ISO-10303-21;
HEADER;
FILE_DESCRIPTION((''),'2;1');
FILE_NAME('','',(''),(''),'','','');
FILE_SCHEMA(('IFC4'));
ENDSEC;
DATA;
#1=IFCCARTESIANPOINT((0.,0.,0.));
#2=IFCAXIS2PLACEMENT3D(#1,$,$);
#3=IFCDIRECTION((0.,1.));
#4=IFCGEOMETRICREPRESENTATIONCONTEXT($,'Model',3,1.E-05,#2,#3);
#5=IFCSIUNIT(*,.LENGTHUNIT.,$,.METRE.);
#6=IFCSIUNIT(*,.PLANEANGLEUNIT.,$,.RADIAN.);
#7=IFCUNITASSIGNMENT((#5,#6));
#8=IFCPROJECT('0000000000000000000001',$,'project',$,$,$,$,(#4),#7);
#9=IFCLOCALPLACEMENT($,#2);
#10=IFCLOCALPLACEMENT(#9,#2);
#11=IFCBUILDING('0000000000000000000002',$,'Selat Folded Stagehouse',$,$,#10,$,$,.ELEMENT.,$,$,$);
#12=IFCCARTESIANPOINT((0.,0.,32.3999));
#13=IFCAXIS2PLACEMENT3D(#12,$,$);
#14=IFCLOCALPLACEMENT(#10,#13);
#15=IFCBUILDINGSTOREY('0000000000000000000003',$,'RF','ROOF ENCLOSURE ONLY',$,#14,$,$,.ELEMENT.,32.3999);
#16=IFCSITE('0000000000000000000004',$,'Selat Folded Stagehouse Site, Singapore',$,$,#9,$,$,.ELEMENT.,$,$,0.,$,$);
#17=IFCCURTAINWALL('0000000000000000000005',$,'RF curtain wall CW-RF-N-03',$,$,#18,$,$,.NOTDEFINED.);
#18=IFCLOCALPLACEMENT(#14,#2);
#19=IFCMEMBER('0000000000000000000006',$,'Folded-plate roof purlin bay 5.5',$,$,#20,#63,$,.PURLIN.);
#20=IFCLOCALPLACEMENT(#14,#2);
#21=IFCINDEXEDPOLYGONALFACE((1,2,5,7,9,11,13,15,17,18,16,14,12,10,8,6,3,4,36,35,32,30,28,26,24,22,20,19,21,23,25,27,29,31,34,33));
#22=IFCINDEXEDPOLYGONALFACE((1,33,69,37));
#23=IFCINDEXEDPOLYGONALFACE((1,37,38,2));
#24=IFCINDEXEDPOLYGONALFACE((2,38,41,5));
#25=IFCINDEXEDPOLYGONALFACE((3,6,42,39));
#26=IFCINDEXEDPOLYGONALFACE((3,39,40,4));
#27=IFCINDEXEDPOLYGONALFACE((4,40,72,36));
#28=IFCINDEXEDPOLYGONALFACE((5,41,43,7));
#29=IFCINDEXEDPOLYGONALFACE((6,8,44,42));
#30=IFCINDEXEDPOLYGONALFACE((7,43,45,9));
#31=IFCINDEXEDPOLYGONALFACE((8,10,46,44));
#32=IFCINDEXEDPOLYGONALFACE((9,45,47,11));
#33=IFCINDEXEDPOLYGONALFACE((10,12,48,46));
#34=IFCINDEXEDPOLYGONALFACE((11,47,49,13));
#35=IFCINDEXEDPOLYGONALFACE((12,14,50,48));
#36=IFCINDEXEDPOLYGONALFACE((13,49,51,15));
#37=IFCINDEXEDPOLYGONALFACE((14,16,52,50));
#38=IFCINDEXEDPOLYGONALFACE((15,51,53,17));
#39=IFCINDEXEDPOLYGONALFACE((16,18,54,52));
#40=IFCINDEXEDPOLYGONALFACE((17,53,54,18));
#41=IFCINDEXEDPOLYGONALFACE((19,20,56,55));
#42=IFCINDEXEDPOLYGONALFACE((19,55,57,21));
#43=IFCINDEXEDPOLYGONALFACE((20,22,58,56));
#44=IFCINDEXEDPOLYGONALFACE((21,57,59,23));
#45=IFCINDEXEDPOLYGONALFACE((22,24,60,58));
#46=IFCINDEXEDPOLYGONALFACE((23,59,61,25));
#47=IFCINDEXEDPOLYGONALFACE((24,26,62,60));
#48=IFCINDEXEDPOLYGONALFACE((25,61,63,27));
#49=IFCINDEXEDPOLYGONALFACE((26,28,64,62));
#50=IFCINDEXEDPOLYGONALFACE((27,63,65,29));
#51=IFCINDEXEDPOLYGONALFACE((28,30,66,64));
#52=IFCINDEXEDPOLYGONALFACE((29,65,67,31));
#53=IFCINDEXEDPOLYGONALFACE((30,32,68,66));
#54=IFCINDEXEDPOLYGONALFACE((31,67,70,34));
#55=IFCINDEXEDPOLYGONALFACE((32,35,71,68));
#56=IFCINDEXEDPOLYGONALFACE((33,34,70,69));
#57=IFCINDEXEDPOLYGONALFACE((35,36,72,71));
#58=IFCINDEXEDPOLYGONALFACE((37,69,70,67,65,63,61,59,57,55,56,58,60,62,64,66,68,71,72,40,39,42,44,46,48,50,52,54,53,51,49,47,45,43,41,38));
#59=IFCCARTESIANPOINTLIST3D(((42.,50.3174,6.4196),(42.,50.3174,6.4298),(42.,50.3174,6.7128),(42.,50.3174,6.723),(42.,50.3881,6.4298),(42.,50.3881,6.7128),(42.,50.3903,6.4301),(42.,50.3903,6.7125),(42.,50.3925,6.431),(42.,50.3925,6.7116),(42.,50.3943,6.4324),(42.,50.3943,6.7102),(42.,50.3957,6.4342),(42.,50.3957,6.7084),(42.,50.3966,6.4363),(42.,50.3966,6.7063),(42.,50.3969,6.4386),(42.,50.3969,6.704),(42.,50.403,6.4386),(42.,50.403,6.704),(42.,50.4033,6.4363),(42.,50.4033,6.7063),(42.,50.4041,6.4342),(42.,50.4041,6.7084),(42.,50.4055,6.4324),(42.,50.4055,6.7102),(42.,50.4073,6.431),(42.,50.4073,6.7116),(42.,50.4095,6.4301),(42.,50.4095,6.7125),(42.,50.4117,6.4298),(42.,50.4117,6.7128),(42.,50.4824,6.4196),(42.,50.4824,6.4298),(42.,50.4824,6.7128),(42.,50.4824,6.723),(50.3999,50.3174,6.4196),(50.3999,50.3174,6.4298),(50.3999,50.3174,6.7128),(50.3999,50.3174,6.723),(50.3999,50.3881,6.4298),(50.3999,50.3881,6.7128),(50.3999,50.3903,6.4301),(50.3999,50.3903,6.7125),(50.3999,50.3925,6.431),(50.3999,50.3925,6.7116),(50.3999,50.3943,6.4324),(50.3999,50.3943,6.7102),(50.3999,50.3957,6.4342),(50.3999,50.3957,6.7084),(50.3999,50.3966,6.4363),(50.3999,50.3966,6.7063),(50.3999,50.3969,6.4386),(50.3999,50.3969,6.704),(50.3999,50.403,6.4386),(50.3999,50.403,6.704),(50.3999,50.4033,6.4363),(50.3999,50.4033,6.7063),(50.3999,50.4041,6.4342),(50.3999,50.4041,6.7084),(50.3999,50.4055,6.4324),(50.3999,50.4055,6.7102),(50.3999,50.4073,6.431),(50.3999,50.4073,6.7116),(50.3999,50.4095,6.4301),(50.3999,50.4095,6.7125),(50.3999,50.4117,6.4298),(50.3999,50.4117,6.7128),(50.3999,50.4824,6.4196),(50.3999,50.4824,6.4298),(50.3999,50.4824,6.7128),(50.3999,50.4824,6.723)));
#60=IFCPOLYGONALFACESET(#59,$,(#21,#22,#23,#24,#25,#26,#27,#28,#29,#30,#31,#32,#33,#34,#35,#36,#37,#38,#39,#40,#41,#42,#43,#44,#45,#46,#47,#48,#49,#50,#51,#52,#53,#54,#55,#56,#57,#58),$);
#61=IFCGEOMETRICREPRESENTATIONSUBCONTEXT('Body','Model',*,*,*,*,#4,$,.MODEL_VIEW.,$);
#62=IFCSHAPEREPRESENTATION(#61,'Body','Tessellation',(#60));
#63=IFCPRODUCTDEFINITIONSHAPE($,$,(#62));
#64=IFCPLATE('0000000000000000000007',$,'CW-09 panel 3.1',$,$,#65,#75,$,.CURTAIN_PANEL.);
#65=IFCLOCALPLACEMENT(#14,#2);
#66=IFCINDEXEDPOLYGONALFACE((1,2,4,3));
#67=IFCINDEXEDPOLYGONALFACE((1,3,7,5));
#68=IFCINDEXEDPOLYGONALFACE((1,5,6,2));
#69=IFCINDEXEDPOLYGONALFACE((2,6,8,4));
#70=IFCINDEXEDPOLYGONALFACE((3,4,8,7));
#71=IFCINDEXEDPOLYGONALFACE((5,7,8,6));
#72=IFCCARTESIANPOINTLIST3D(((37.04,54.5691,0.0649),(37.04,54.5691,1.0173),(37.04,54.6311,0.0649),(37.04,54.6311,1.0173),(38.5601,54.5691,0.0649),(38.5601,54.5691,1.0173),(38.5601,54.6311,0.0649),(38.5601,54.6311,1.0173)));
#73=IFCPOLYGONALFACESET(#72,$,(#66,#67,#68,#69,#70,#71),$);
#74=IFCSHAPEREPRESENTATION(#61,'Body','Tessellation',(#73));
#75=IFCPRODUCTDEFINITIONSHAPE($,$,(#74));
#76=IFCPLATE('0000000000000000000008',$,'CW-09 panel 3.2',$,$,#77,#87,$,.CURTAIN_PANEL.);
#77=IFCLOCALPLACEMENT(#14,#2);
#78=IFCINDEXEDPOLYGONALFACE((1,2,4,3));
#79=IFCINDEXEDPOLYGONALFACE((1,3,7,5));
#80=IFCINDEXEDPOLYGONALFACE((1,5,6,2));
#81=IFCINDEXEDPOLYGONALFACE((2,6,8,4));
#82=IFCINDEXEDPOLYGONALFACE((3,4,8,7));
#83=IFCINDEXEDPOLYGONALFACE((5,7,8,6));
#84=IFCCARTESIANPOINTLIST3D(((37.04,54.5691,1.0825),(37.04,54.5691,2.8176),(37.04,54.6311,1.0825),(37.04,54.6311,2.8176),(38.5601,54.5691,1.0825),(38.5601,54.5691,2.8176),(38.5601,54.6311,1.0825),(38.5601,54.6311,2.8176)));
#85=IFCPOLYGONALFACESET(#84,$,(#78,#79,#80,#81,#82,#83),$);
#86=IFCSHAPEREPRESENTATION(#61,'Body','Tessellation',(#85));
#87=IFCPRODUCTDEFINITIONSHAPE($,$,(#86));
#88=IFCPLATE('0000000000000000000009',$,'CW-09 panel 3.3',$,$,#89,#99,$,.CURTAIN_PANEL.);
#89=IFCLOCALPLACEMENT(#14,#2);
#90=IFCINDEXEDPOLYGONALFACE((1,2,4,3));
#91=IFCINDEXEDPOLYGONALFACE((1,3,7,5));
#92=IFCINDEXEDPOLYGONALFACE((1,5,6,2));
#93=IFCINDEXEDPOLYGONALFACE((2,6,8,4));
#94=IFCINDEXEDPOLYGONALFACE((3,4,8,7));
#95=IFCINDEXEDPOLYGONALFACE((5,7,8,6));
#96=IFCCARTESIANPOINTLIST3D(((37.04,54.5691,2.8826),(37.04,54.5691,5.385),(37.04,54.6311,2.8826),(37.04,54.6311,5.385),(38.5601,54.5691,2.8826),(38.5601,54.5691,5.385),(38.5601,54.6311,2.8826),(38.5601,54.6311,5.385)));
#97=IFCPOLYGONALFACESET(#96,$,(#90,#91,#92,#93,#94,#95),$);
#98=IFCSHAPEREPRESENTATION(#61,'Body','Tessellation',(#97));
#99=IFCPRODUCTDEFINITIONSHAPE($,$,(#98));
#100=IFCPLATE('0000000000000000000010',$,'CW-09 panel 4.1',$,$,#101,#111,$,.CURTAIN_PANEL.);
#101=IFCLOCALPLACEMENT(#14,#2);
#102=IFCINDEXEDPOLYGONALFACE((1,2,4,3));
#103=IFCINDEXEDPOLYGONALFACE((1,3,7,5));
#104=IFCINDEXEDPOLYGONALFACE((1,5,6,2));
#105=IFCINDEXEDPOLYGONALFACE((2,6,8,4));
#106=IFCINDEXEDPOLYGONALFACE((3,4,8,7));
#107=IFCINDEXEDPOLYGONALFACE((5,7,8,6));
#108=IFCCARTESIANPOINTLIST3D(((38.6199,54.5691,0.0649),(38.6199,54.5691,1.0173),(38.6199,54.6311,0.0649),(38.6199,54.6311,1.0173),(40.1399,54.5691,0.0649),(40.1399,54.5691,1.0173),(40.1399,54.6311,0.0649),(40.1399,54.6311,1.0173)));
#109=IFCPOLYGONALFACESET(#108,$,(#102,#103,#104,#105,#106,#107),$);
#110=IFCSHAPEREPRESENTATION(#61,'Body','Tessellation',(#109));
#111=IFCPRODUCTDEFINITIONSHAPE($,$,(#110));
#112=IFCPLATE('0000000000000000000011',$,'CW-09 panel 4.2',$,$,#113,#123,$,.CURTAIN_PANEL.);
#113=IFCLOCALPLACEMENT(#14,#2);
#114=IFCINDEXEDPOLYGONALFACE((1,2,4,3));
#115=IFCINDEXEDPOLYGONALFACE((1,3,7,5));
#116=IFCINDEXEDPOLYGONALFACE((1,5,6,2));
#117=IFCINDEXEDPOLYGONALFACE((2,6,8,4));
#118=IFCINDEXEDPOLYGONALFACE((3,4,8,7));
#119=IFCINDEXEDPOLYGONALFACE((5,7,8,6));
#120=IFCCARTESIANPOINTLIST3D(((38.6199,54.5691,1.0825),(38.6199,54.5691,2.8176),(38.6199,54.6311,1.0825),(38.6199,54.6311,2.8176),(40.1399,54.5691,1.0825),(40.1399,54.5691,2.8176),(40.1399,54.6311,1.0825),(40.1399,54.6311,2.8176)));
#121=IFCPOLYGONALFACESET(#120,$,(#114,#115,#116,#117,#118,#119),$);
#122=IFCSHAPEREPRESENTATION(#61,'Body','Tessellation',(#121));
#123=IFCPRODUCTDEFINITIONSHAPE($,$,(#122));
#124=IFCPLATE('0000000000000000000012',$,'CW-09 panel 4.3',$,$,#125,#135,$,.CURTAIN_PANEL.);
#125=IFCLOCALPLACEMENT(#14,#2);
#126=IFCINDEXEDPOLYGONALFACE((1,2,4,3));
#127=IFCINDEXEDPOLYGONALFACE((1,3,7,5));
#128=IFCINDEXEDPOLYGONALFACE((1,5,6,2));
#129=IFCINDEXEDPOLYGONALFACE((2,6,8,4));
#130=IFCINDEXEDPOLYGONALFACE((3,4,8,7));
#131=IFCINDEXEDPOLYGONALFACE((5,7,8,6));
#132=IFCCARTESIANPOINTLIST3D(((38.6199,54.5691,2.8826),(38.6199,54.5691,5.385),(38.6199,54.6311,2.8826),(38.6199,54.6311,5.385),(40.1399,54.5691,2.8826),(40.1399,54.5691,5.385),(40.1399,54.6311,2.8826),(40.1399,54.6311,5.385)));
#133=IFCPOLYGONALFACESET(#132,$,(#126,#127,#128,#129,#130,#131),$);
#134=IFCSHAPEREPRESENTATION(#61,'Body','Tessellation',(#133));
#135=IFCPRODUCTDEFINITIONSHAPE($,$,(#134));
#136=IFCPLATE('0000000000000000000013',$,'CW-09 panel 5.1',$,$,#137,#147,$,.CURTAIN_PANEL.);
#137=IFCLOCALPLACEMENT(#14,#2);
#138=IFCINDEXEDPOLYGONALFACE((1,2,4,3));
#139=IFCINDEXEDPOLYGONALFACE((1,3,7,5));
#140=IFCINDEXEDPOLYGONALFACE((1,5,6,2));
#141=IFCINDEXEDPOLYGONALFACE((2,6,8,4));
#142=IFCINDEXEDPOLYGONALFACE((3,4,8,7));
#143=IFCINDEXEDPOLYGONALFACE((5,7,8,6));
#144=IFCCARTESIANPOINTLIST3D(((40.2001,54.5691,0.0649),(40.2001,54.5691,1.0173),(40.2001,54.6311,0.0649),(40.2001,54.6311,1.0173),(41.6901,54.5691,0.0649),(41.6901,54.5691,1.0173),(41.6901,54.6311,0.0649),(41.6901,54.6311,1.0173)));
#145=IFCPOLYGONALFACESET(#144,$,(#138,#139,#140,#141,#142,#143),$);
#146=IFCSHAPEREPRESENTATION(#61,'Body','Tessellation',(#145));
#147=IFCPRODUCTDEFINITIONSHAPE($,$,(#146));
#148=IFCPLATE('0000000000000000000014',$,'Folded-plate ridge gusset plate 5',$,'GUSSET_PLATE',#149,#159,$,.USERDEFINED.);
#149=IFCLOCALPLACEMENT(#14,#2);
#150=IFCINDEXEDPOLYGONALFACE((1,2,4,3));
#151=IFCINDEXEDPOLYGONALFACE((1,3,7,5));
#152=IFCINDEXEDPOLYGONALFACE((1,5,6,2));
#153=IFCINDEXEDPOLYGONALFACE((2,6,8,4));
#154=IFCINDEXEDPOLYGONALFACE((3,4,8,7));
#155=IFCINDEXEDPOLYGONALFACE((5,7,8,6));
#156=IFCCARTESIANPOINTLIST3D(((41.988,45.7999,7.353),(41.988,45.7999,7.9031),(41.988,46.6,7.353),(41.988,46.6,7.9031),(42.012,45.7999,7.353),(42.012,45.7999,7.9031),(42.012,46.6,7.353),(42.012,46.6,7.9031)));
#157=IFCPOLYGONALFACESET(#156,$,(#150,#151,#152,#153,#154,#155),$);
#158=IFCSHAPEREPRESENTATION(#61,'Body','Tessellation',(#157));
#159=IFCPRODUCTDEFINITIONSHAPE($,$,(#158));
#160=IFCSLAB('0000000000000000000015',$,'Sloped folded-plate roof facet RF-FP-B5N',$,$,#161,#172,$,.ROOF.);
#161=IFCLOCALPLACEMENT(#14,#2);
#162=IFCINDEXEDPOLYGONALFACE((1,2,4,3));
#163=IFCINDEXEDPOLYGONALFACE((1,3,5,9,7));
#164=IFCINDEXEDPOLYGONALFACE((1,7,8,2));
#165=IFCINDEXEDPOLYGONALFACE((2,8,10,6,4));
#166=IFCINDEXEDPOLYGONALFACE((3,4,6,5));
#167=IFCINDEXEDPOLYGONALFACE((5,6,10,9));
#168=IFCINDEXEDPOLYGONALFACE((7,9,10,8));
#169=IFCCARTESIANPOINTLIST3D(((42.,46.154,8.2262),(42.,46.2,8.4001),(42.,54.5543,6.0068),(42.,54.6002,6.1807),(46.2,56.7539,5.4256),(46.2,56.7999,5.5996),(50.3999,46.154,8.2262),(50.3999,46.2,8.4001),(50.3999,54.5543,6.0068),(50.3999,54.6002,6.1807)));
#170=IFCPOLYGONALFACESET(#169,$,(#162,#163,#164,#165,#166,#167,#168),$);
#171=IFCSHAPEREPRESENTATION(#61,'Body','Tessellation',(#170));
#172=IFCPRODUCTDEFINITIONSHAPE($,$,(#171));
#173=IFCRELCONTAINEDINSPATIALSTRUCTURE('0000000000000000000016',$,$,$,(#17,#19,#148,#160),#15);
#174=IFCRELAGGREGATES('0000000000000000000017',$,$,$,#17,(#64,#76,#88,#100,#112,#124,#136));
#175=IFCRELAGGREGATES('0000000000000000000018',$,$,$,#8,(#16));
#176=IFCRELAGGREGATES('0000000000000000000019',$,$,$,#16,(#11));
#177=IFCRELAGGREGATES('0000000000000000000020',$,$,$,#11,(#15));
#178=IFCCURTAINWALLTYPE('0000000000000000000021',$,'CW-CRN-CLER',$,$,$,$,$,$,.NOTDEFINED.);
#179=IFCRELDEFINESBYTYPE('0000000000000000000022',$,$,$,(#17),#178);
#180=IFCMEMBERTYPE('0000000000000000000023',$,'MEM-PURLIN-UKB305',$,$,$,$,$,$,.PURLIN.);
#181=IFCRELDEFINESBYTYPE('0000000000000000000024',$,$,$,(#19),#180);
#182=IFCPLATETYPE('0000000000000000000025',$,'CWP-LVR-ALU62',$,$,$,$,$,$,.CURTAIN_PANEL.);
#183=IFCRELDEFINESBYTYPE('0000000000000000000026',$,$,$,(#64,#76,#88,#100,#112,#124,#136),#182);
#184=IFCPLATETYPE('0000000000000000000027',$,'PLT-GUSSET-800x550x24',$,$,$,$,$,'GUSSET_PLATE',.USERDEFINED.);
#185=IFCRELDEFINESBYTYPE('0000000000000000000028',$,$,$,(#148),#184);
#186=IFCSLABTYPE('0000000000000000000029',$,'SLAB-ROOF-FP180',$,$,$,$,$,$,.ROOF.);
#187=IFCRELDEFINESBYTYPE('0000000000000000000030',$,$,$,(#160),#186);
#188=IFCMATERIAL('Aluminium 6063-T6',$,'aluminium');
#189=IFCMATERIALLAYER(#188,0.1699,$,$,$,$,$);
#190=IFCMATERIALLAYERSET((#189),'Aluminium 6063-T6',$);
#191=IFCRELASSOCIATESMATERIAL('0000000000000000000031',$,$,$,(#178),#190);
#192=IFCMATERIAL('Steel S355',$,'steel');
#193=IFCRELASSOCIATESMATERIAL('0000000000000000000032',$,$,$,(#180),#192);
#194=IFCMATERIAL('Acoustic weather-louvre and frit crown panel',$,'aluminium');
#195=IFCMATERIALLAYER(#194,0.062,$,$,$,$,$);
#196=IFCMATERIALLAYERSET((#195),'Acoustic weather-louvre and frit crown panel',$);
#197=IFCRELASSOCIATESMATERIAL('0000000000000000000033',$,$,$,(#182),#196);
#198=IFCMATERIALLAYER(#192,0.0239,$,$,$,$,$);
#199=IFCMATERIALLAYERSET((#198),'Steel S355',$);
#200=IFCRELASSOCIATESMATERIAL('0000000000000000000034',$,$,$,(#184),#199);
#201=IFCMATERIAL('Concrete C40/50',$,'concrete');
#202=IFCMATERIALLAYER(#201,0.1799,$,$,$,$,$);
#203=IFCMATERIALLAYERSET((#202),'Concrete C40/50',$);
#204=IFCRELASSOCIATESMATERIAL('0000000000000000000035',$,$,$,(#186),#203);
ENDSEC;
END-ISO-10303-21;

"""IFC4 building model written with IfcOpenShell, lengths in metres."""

from ifc_helpers import new_model, si_unit, direction, frame, origin, origin_2d, place, context, subcontext, project, spatial, polyline, rectangle, i_section, outline, extrude, material, layer, layer_set, material_profile, profile_set, type_object, element, aggregate, save


model = new_model("IFC4")

# Units and contexts
model_context = context("Model", 3, precision=1e-05, world=origin(), true_north=direction((0.0, 1.0)))
body_context = subcontext(model_context, "Body", "Model", "MODEL_VIEW")
ifc_project = project(units=[si_unit("LENGTHUNIT", "METRE"), si_unit("PLANEANGLEUNIT", "RADIAN")], contexts=[model_context])

# Site, building, storey
site_placement = place(None, origin())
site = spatial("IfcSite", under=ifc_project, at=site_placement, Name="Selat Folded Stagehouse Site, Singapore", CompositionType="ELEMENT", RefElevation=0.0)
building_placement = place(site_placement, origin())
building = spatial("IfcBuilding", under=site, at=building_placement, Name="Selat Folded Stagehouse", CompositionType="ELEMENT")
storey_placement = place(building_placement, frame((0.0, 0.0, 32.3999)))
storey = spatial("IfcBuildingStorey", under=building, at=storey_placement, Name="RF", Description="ROOF ENCLOSURE ONLY", CompositionType="ELEMENT", Elevation=32.3999)

# Shared definitions
ifc_material_1 = material(Name="Steel S355", Category="steel")

# Curtain wall
ifc_material_2 = material(Name="Aluminium 6063-T6", Category="aluminium")
ifc_layer_1 = layer(ifc_material_2, 0.1699)
ifc_layer_set_1 = layer_set([ifc_layer_1], Name="Aluminium 6063-T6")
curtain_wall_type = type_object("IfcCurtainWallType", Name="CW-CRN-CLER", PredefinedType="NOTDEFINED", material=ifc_layer_set_1)
curtain_wall_placement = place(storey_placement, origin())
curtain_wall = element("IfcCurtainWall", 1, at=curtain_wall_placement, inside=storey, type_object=curtain_wall_type, Name="RF curtain wall CW-RF-N-03", PredefinedType="NOTDEFINED")

# Member
ifc_material_profile_1 = material_profile(ifc_material_1, i_section(OverallWidth=0.165, OverallDepth=0.3035, WebThickness=0.0061, FlangeThickness=0.0103, FilletRadius=0.0088, at=origin_2d()), Name="UKB 305x165x40")
ifc_profile_set_1 = profile_set([ifc_material_profile_1], Name="Steel S355")
member_type_1 = type_object("IfcMemberType", Name="MEM-PURLIN-UKB305", PredefinedType="PURLIN", material=ifc_profile_set_1)
for number, where, z_axis, x_axis, name in (
    (2, (42.0, 50.3999, 6.5713), (1.0, 0.0, 0.0), (0.0, 1.0, 0.0), "Folded-plate roof purlin bay 5.5"),
):
    element("IfcMember", number, at=place(storey_placement, frame(where, z_axis=z_axis, x_axis=x_axis)), inside=storey, type_object=member_type_1, Name=name, PredefinedType="PURLIN", context=body_context, shape_type="SweptSolid", body=[
        extrude(i_section(OverallWidth=0.165, OverallDepth=0.3035, WebThickness=0.0061, FlangeThickness=0.0103, FilletRadius=0.0088, at=origin_2d()), origin(), (0.0, 0.0, 1.0), 8.3999),
    ])

# Plates
ifc_material_3 = material(Name="Acoustic weather-louvre and frit crown panel", Category="aluminium")
ifc_layer_2 = layer(ifc_material_3, 0.062)
ifc_layer_set_2 = layer_set([ifc_layer_2], Name="Acoustic weather-louvre and frit crown panel")
plate_type_1 = type_object("IfcPlateType", Name="CWP-LVR-ALU62", PredefinedType="CURTAIN_PANEL", material=ifc_layer_set_2)
plate_1_placement = place(storey_placement, frame((37.8, 54.6001, 0.0649), z_axis=(0.0, 0.0, 1.0), x_axis=(1.0, 0.0, 0.0)))
plate_1 = element("IfcPlate", 3, at=plate_1_placement, type_object=plate_type_1, Name="CW-09 panel 3.1", PredefinedType="CURTAIN_PANEL", context=body_context, shape_type="SweptSolid", body=[
    extrude(rectangle(XDim=1.52, YDim=0.062, at=origin_2d()), origin(), (0.0, 0.0, 1.0), 0.9524),
])
plate_2_placement = place(storey_placement, frame((37.8, 54.6001, 1.0825), z_axis=(0.0, 0.0, 1.0), x_axis=(1.0, 0.0, 0.0)))
plate_2 = element("IfcPlate", 4, at=plate_2_placement, type_object=plate_type_1, Name="CW-09 panel 3.2", PredefinedType="CURTAIN_PANEL", context=body_context, shape_type="SweptSolid", body=[
    extrude(rectangle(XDim=1.52, YDim=0.062, at=origin_2d()), origin(), (0.0, 0.0, 1.0), 1.7351),
])
plate_3_placement = place(storey_placement, frame((37.8, 54.6001, 2.8826), z_axis=(0.0, 0.0, 1.0), x_axis=(1.0, 0.0, 0.0)))
plate_3 = element("IfcPlate", 5, at=plate_3_placement, type_object=plate_type_1, Name="CW-09 panel 3.3", PredefinedType="CURTAIN_PANEL", context=body_context, shape_type="SweptSolid", body=[
    extrude(rectangle(XDim=1.52, YDim=0.062, at=origin_2d()), origin(), (0.0, 0.0, 1.0), 2.5024),
])
plate_4_placement = place(storey_placement, frame((39.3799, 54.6001, 0.0649), z_axis=(0.0, 0.0, 1.0), x_axis=(1.0, 0.0, 0.0)))
plate_4 = element("IfcPlate", 6, at=plate_4_placement, type_object=plate_type_1, Name="CW-09 panel 4.1", PredefinedType="CURTAIN_PANEL", context=body_context, shape_type="SweptSolid", body=[
    extrude(rectangle(XDim=1.52, YDim=0.062, at=origin_2d()), origin(), (0.0, 0.0, 1.0), 0.9524),
])
plate_5_placement = place(storey_placement, frame((39.3799, 54.6001, 1.0825), z_axis=(0.0, 0.0, 1.0), x_axis=(1.0, 0.0, 0.0)))
plate_5 = element("IfcPlate", 7, at=plate_5_placement, type_object=plate_type_1, Name="CW-09 panel 4.2", PredefinedType="CURTAIN_PANEL", context=body_context, shape_type="SweptSolid", body=[
    extrude(rectangle(XDim=1.52, YDim=0.062, at=origin_2d()), origin(), (0.0, 0.0, 1.0), 1.7351),
])
plate_6_placement = place(storey_placement, frame((39.3799, 54.6001, 2.8826), z_axis=(0.0, 0.0, 1.0), x_axis=(1.0, 0.0, 0.0)))
plate_6 = element("IfcPlate", 8, at=plate_6_placement, type_object=plate_type_1, Name="CW-09 panel 4.3", PredefinedType="CURTAIN_PANEL", context=body_context, shape_type="SweptSolid", body=[
    extrude(rectangle(XDim=1.52, YDim=0.062, at=origin_2d()), origin(), (0.0, 0.0, 1.0), 2.5024),
])
plate_7_placement = place(storey_placement, frame((40.9451, 54.6001, 0.0649), z_axis=(0.0, 0.0, 1.0), x_axis=(1.0, 0.0, 0.0)))
plate_7 = element("IfcPlate", 9, at=plate_7_placement, type_object=plate_type_1, Name="CW-09 panel 5.1", PredefinedType="CURTAIN_PANEL", context=body_context, shape_type="SweptSolid", body=[
    extrude(rectangle(XDim=1.49, YDim=0.062, at=origin_2d()), origin(), (0.0, 0.0, 1.0), 0.9524),
])
aggregate(curtain_wall, [plate_1, plate_2, plate_3, plate_4, plate_5, plate_6, plate_7])
ifc_layer_3 = layer(ifc_material_1, 0.0239)
ifc_layer_set_3 = layer_set([ifc_layer_3], Name="Steel S355")
plate_type_2 = type_object("IfcPlateType", Name="PLT-GUSSET-800x550x24", ElementType="GUSSET_PLATE", PredefinedType="USERDEFINED", material=ifc_layer_set_3)
plate_8_placement = place(storey_placement, frame((42.0, 46.2, 7.353), z_axis=(0.0, 0.0, 1.0), x_axis=(1.0, 0.0, 0.0)))
element("IfcPlate", 10, at=plate_8_placement, inside=storey, type_object=plate_type_2, Name="Folded-plate ridge gusset plate 5", ObjectType="GUSSET_PLATE", PredefinedType="USERDEFINED", context=body_context, shape_type="SweptSolid", body=[
    extrude(rectangle(XDim=0.0239, YDim=0.8, at=origin_2d()), origin(), (0.0, 0.0, 1.0), 0.55),
])

# Slab
ifc_material_4 = material(Name="Concrete C40/50", Category="concrete")
ifc_layer_4 = layer(ifc_material_4, 0.1799)
ifc_layer_set_4 = layer_set([ifc_layer_4], Name="Concrete C40/50")
slab_type = type_object("IfcSlabType", Name="SLAB-ROOF-FP180", PredefinedType="ROOF", material=ifc_layer_set_4)
slab_placement = place(storey_placement, frame((42.0, 46.2, 8.4001), z_axis=(0.0, 0.255443, 0.966824), x_axis=(1.0, 0.0, 0.0)))
element("IfcSlab", 11, at=slab_placement, inside=storey, type_object=slab_type, Name="Sloped folded-plate roof facet RF-FP-B5N", PredefinedType="ROOF", context=body_context, shape_type="SweptSolid", body=[
    extrude(outline(polyline([(0.0, 0.0), (8.3999, 0.0), (8.3999, 8.6885), (4.2, 10.9637), (0.0, 8.6885), (0.0, 0.0)])), origin(), (0.0, 0.0, -1.0), 0.1799),
])

save(model, "model.ifc")
